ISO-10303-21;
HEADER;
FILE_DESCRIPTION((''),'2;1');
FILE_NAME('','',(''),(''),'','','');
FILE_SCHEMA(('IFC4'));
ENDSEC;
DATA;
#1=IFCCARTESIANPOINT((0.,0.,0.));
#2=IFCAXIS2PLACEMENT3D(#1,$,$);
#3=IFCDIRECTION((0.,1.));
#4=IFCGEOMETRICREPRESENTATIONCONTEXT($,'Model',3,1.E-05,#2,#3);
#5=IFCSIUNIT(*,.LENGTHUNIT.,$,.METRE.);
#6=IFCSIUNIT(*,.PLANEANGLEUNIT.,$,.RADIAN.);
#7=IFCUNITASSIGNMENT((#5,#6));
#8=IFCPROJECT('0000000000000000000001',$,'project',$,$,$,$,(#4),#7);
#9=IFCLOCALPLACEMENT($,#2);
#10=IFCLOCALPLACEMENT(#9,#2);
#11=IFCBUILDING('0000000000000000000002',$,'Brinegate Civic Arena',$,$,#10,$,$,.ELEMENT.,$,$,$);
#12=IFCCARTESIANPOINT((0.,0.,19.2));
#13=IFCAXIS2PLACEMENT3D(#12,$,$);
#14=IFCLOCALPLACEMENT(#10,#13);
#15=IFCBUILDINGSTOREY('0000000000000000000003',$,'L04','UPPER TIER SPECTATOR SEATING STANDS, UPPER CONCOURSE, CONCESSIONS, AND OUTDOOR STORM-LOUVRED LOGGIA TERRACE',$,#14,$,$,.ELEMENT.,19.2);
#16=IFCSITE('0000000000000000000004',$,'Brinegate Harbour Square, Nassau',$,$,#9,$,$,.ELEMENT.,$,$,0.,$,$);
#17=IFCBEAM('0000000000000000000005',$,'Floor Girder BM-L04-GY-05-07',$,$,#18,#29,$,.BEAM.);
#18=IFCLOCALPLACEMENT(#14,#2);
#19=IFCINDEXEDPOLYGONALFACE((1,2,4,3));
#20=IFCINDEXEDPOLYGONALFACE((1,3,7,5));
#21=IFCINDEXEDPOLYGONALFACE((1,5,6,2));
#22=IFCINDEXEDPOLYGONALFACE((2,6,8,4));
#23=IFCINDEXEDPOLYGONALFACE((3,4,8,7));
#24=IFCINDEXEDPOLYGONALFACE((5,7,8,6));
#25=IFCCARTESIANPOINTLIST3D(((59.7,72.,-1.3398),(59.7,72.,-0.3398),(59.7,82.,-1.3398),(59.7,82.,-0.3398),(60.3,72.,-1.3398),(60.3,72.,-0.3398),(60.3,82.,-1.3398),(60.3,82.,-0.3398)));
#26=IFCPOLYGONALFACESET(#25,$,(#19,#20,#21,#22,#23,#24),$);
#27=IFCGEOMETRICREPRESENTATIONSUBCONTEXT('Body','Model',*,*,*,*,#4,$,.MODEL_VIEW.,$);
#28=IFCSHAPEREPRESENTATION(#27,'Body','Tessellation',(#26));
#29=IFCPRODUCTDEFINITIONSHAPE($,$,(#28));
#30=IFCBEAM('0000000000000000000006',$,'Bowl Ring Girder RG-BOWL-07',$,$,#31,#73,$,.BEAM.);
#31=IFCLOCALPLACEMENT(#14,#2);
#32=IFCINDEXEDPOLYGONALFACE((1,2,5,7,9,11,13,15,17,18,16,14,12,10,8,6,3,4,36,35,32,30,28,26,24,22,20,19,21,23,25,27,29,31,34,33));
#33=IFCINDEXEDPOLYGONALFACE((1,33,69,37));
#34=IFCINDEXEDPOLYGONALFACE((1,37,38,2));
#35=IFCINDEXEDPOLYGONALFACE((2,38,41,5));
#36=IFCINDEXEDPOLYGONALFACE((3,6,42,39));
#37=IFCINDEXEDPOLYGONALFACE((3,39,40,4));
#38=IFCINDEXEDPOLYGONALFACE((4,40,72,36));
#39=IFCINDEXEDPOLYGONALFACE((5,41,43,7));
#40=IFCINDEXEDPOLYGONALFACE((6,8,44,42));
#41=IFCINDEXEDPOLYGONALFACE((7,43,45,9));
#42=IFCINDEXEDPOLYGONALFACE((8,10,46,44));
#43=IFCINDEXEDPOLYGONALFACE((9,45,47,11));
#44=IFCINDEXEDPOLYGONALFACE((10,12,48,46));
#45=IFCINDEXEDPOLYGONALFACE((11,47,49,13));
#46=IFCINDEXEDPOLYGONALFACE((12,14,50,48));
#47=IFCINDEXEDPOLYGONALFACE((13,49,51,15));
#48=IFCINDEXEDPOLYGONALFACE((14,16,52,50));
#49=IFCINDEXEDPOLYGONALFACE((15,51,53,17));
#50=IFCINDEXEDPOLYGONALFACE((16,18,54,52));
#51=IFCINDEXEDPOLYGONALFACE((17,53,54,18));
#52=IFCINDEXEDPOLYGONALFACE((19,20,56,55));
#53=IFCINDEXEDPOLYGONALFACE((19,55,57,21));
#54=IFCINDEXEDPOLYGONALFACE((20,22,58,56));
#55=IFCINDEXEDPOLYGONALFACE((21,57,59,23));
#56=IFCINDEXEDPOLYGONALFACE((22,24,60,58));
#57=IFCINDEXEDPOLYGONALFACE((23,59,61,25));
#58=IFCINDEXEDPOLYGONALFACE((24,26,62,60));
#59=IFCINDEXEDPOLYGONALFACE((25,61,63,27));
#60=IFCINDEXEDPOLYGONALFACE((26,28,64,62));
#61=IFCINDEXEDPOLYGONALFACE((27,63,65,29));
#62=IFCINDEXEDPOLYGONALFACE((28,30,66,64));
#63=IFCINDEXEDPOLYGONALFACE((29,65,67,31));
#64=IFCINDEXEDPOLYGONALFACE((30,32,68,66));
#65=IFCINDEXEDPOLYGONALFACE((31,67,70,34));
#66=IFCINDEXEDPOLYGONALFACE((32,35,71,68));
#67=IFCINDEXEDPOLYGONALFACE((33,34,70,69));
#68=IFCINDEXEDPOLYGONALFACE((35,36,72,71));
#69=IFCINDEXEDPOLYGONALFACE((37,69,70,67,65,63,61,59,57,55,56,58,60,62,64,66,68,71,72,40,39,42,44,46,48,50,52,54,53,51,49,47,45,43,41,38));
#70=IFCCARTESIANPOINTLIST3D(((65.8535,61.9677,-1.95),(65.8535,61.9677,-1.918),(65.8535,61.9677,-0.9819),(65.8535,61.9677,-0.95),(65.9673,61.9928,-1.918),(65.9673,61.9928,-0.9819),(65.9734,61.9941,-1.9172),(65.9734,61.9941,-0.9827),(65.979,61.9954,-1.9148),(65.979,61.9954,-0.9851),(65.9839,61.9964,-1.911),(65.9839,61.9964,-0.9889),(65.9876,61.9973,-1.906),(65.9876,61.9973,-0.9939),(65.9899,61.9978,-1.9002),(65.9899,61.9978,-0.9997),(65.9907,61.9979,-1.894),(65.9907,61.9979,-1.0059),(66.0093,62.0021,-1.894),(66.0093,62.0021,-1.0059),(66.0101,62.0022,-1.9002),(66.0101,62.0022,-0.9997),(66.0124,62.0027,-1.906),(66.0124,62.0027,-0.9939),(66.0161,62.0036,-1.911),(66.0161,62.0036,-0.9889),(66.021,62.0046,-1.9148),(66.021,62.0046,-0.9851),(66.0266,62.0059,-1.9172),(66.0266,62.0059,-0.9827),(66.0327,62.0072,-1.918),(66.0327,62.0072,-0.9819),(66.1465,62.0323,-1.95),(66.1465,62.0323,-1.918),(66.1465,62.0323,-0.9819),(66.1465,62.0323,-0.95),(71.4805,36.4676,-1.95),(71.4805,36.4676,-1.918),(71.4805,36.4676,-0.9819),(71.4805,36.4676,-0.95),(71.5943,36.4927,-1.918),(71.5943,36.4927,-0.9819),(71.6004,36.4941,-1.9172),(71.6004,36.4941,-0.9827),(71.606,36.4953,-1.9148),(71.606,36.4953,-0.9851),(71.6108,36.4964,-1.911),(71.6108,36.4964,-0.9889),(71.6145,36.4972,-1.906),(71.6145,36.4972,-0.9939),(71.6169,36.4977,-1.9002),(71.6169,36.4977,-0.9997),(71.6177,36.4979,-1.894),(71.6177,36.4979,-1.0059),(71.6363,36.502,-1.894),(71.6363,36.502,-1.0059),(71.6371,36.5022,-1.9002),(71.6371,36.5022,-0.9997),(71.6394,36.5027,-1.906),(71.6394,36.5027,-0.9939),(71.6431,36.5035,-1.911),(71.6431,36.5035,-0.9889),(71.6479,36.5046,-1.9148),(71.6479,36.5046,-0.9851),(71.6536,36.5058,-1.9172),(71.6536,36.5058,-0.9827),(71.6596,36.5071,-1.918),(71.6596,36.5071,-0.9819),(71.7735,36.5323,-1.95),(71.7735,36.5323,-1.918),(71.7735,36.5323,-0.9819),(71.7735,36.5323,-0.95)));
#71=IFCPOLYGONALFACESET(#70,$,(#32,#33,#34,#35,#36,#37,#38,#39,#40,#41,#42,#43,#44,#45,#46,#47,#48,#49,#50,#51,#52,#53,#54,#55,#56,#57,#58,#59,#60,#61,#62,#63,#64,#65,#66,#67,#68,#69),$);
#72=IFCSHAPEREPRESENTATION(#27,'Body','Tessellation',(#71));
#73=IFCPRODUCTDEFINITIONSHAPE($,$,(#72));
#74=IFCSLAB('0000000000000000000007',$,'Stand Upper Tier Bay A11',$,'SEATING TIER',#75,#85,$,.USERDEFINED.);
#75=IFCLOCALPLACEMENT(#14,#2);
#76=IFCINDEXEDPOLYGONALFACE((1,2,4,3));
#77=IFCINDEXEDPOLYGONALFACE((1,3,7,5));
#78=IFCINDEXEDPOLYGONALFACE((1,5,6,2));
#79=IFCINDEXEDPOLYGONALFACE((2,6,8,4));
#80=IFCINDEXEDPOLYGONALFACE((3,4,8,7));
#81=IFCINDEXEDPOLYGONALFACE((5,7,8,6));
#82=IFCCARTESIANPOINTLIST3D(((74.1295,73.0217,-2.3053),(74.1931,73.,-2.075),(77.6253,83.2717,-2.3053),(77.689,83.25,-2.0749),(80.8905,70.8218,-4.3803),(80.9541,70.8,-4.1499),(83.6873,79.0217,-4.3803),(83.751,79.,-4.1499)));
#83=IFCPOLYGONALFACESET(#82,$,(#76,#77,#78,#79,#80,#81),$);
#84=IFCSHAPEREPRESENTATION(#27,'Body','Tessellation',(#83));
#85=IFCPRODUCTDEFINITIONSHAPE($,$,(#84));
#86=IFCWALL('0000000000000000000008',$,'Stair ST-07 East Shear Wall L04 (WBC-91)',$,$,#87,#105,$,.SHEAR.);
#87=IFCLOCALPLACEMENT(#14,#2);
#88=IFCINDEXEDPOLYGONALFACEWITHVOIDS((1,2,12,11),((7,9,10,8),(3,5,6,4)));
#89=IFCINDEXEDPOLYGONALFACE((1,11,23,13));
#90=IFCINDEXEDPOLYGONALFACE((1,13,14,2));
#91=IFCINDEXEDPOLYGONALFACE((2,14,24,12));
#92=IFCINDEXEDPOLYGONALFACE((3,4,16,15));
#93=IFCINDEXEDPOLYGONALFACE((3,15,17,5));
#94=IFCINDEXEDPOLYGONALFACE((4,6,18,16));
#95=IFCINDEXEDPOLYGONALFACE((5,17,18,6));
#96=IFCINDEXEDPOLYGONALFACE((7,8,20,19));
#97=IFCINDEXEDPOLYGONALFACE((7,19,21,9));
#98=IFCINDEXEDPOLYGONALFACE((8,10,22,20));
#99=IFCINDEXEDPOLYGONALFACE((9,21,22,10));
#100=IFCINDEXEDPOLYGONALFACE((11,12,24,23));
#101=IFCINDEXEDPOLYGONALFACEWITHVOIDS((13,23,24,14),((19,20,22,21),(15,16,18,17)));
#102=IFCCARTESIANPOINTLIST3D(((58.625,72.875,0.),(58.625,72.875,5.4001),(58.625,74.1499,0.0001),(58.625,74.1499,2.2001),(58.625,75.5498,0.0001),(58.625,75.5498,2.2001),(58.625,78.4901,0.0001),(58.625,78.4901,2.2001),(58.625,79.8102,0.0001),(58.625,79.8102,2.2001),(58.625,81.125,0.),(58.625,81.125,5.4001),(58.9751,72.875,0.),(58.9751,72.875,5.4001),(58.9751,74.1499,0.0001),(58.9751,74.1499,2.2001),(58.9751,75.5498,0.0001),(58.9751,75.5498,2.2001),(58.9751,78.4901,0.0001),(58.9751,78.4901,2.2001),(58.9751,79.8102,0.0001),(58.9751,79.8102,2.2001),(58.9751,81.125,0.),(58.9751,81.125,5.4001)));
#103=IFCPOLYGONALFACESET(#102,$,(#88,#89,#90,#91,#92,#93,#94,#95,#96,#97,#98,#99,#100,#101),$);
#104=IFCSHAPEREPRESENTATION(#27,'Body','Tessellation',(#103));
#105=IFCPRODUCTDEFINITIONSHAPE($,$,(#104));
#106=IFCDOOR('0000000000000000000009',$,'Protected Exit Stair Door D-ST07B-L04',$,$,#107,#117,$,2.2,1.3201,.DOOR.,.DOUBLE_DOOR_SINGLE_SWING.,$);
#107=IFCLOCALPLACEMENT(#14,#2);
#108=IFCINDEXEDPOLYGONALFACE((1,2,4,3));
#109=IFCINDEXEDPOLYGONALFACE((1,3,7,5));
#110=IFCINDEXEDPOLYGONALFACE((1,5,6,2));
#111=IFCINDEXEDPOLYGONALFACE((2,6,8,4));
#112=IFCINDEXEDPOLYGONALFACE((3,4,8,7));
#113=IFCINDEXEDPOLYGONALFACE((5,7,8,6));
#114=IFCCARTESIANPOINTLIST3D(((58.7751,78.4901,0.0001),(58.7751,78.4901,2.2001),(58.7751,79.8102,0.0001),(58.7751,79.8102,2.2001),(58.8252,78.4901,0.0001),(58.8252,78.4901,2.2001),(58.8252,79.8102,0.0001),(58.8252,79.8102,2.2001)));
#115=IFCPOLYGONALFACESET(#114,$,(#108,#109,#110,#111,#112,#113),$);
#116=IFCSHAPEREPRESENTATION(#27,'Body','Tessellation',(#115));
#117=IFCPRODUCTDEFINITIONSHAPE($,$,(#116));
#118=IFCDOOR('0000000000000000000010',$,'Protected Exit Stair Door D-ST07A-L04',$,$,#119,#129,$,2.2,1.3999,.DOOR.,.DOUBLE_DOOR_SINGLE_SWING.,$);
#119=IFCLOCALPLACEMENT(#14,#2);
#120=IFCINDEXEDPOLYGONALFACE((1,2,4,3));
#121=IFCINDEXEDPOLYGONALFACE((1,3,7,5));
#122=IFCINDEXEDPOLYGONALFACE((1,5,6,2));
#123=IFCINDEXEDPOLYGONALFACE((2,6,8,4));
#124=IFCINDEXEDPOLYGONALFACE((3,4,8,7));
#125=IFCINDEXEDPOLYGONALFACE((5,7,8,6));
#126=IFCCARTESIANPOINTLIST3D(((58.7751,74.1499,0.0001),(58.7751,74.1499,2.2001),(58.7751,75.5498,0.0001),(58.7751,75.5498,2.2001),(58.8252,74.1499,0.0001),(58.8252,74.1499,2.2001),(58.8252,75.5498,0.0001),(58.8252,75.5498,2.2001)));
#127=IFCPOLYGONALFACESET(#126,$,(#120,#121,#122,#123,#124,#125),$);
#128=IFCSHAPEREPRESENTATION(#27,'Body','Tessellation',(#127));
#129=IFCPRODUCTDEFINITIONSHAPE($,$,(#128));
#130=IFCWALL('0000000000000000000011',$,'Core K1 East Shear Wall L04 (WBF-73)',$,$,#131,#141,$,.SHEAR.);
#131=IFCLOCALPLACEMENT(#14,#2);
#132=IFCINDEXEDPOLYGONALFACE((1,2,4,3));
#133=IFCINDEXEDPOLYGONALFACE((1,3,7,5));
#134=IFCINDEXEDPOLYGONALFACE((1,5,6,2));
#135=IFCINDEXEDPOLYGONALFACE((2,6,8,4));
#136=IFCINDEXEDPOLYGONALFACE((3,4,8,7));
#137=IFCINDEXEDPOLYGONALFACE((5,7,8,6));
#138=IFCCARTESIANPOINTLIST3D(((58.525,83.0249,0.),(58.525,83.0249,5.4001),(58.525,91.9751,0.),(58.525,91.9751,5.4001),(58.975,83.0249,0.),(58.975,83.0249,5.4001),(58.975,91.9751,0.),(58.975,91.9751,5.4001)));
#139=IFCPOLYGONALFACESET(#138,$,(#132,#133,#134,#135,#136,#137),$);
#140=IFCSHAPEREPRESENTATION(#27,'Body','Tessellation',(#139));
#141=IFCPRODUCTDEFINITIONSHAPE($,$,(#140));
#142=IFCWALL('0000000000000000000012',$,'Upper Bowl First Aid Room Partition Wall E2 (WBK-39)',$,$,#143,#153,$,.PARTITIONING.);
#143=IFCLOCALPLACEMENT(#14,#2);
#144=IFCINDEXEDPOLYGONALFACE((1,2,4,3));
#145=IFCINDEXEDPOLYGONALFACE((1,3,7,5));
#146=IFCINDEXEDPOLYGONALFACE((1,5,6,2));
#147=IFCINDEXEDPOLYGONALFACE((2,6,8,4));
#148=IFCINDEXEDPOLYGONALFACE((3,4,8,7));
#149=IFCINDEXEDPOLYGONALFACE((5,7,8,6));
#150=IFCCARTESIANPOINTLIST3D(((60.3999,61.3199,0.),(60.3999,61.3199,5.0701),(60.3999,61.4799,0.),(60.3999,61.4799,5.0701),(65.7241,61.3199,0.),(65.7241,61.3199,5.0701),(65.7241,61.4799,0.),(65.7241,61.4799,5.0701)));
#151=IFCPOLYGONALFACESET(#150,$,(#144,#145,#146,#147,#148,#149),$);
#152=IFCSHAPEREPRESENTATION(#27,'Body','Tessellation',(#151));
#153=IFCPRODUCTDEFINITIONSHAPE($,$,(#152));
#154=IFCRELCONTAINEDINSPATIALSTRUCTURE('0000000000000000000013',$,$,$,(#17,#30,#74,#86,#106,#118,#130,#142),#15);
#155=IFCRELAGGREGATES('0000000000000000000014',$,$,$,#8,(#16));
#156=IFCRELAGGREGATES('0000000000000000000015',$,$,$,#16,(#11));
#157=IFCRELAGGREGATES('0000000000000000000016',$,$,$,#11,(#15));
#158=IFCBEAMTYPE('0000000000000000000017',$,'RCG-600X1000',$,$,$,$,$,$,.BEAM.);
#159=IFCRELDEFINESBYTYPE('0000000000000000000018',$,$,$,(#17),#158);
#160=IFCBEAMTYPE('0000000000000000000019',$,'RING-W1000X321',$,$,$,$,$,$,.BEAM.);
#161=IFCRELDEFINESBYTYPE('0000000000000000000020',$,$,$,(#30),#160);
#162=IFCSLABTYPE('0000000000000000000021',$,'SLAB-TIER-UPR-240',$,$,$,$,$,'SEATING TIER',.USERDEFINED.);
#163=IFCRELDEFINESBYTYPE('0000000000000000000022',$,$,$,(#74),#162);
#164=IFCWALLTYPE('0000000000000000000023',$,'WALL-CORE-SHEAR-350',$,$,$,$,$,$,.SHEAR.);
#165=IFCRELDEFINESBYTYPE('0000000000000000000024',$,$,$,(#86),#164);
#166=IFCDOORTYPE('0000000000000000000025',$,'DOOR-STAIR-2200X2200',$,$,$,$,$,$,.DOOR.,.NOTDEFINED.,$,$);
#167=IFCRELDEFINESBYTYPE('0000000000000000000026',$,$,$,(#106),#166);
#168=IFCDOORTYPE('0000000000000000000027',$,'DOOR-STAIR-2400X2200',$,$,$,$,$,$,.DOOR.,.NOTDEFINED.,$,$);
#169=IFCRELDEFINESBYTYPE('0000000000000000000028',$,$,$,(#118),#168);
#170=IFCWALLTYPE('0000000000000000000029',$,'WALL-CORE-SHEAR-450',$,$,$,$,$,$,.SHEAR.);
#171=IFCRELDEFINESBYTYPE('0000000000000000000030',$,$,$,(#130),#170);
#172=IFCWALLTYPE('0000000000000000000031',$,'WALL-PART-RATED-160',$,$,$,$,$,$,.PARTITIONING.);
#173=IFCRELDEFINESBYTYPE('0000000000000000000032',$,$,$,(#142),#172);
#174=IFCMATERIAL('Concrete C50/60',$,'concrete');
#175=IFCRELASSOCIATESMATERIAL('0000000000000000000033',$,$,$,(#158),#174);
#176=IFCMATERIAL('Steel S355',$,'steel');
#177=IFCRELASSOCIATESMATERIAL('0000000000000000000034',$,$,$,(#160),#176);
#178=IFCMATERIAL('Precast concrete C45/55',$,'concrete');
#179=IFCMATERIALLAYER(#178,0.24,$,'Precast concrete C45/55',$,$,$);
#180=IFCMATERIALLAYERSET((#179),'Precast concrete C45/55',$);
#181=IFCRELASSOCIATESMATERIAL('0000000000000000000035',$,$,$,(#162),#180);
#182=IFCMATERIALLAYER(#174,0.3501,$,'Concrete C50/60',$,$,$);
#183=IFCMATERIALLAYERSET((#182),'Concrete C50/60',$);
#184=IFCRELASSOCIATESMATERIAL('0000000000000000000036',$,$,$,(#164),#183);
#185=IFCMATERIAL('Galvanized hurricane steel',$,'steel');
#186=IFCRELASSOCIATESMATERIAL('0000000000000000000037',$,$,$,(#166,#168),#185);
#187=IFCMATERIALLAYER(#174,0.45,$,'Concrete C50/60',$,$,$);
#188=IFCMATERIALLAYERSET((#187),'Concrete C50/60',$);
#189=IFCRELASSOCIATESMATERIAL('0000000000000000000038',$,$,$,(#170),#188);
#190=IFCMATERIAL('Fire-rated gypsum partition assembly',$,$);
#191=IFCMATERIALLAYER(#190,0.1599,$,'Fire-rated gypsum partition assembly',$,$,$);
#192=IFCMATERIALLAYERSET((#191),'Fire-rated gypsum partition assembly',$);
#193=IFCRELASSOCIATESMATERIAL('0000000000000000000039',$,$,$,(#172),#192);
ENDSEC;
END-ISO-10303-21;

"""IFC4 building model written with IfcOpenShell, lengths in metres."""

from ifc_helpers import new_model, si_unit, direction, frame, frame_2d, origin, origin_2d, place, context, subcontext, project, spatial, polyline, rectangle, i_section, outline, extrude, material, layer, layer_set, material_profile, profile_set, type_object, element, fill, save


model = new_model("IFC4")

# Units and contexts
model_context = context("Model", 3, precision=1e-05, world=origin(), true_north=direction((0.0, 1.0)))
body_context = subcontext(model_context, "Body", "Model", "MODEL_VIEW")
ifc_project = project(units=[si_unit("LENGTHUNIT", "METRE"), si_unit("PLANEANGLEUNIT", "RADIAN")], contexts=[model_context])

# Site, building, storey
site_placement = place(None, origin())
site = spatial("IfcSite", under=ifc_project, at=site_placement, Name="Brinegate Harbour Square, Nassau", CompositionType="ELEMENT", RefElevation=0.0)
building_placement = place(site_placement, origin())
building = spatial("IfcBuilding", under=site, at=building_placement, Name="Brinegate Civic Arena", CompositionType="ELEMENT")
storey_placement = place(building_placement, frame((0.0, 0.0, 19.2)))
storey = spatial("IfcBuildingStorey", under=building, at=storey_placement, Name="L04", Description="UPPER TIER SPECTATOR SEATING STANDS, UPPER CONCOURSE, CONCESSIONS, AND OUTDOOR STORM-LOUVRED LOGGIA TERRACE", CompositionType="ELEMENT", Elevation=19.2)

# Shared definitions
ifc_material_1 = material(Name="Concrete C50/60", Category="concrete")

# Beams
ifc_material_2 = material(Name="Steel S355", Category="steel")
ifc_material_profile_1 = material_profile(ifc_material_1, rectangle(XDim=0.6001, YDim=1.0, at=origin_2d()), Name="RCB600X1000")
ifc_profile_set_1 = profile_set([ifc_material_profile_1], Name="Concrete C50/60")
beam_type_1 = type_object("IfcBeamType", Name="RCG-600X1000", PredefinedType="BEAM", material=ifc_profile_set_1)
beam_1_placement = place(storey_placement, frame((60.0, 72.0, -0.8398), z_axis=(0.0, 1.0, 0.0), x_axis=(-1.0, 0.0, 0.0)))
element("IfcBeam", 1, at=beam_1_placement, inside=storey, type_object=beam_type_1, Name="Floor Girder BM-L04-GY-05-07", PredefinedType="BEAM", context=body_context, shape_type="SweptSolid", body=[
    extrude(rectangle(XDim=0.6001, YDim=1.0, at=origin_2d()), origin(), (0.0, 0.0, 1.0), 10.0),
])
ifc_material_profile_2 = material_profile(ifc_material_2, i_section(OverallWidth=0.3, OverallDepth=1.0, WebThickness=0.019, FlangeThickness=0.032, FilletRadius=0.0239, at=origin_2d()), Name="W1000X321")
ifc_profile_set_2 = profile_set([ifc_material_profile_2], Name="Steel S355")
beam_type_2 = type_object("IfcBeamType", Name="RING-W1000X321", PredefinedType="BEAM", material=ifc_profile_set_2)
beam_2_placement = place(storey_placement, frame((66.0, 62.0, -1.45), z_axis=(0.215481, -0.976508, 0.0), x_axis=(0.976508, 0.215481, 0.0)))
element("IfcBeam", 2, at=beam_2_placement, inside=storey, type_object=beam_type_2, Name="Bowl Ring Girder RG-BOWL-07", PredefinedType="BEAM", context=body_context, shape_type="SweptSolid", body=[
    extrude(i_section(OverallWidth=0.3, OverallDepth=1.0, WebThickness=0.019, FlangeThickness=0.032, FilletRadius=0.0239, at=origin_2d()), origin(), (0.0, 0.0, 1.0), 26.1135),
])

# Slab
ifc_material_3 = material(Name="Precast concrete C45/55", Category="concrete")
ifc_layer_1 = layer(ifc_material_3, 0.24, Name="Precast concrete C45/55")
ifc_layer_set_1 = layer_set([ifc_layer_1], Name="Precast concrete C45/55")
slab_type = type_object("IfcSlabType", Name="SLAB-TIER-UPR-240", ElementType="SEATING TIER", PredefinedType="USERDEFINED", material=ifc_layer_set_1)
slab_1_placement = place(storey_placement, frame((83.751, 79.0, -4.1499), z_axis=(0.265175, -0.090443, 0.959949), x_axis=(-0.322822, -0.94646, 0.000003)))
element("IfcSlab", 3, at=slab_1_placement, inside=storey, type_object=slab_type, Name="Stand Upper Tier Bay A11", ObjectType="SEATING TIER", PredefinedType="USERDEFINED", context=body_context, shape_type="SweptSolid", body=[
    extrude(outline(polyline([(0.0, 0.0), (8.6638, 0.0), (8.7643, -7.4058), (-2.0655, -7.4061), (0.0, 0.0)])), origin(), (0.0, 0.0, -1.0), 0.24),
])

# Wall, openings, doors
ifc_layer_2 = layer(ifc_material_1, 0.3501, Name="Concrete C50/60")
ifc_layer_set_2 = layer_set([ifc_layer_2], Name="Concrete C50/60")
wall_type_1 = type_object("IfcWallType", Name="WALL-CORE-SHEAR-350", PredefinedType="SHEAR", material=ifc_layer_set_2)
wall_1_placement = place(storey_placement, frame((58.8, 72.875, 0.0), z_axis=(0.0, 0.0, 1.0), x_axis=(0.0, 1.0, 0.0)))
wall_1 = element("IfcWall", 4, at=wall_1_placement, inside=storey, type_object=wall_type_1, Name="Stair ST-07 East Shear Wall L04 (WBC-91)", PredefinedType="SHEAR", context=body_context, shape_type="SweptSolid", body=[
    extrude(rectangle(XDim=8.25, YDim=0.3501, at=frame_2d((4.125, 0.0))), origin(), (0.0, 0.0, 1.0), 5.4001),
])
opening_1_placement = place(wall_1_placement, frame((1.2749, 0.0, 0.0)))
opening_1 = element("IfcOpeningElement", 5, at=opening_1_placement, cuts=wall_1, PredefinedType="OPENING", context=body_context, shape_type="SweptSolid", body=[
    extrude(rectangle(XDim=1.3999, YDim=2.2, at=frame_2d((0.7, 1.1001))), frame((0.0, 0.1851, 0.0), z_axis=(0.0, -1.0, 0.0), x_axis=(1.0, 0.0, 0.0)), (0.0, 0.0, 1.0), 0.3701),
])
opening_2_placement = place(wall_1_placement, frame((5.615, 0.0, 0.0)))
opening_2 = element("IfcOpeningElement", 6, at=opening_2_placement, cuts=wall_1, PredefinedType="OPENING", context=body_context, shape_type="SweptSolid", body=[
    extrude(rectangle(XDim=1.3201, YDim=2.2, at=frame_2d((0.6602, 1.1001))), frame((0.0, 0.1851, 0.0), z_axis=(0.0, -1.0, 0.0), x_axis=(1.0, 0.0, 0.0)), (0.0, 0.0, 1.0), 0.3701),
])
ifc_material_4 = material(Name="Galvanized hurricane steel", Category="steel")
door_type_1 = type_object("IfcDoorType", Name="DOOR-STAIR-2200X2200", OperationType="NOTDEFINED", PredefinedType="DOOR", material=ifc_material_4)
door_1_placement = place(opening_2_placement, origin())
door_1 = element("IfcDoor", 7, at=door_1_placement, inside=storey, type_object=door_type_1, Name="Protected Exit Stair Door D-ST07B-L04", OperationType="DOUBLE_DOOR_SINGLE_SWING", OverallHeight=2.2, OverallWidth=1.3201, PredefinedType="DOOR", context=body_context, shape_type="SweptSolid", body=[
    extrude(rectangle(XDim=1.3201, YDim=2.2, at=frame_2d((0.6602, 1.1001))), frame((0.0, 0.0249, 0.0), z_axis=(0.0, -1.0, 0.0), x_axis=(1.0, 0.0, 0.0)), (0.0, 0.0, 1.0), 0.05),
])
fill(opening_2, door_1)
door_type_2 = type_object("IfcDoorType", Name="DOOR-STAIR-2400X2200", OperationType="NOTDEFINED", PredefinedType="DOOR", material=ifc_material_4)
door_2_placement = place(opening_1_placement, origin())
door_2 = element("IfcDoor", 8, at=door_2_placement, inside=storey, type_object=door_type_2, Name="Protected Exit Stair Door D-ST07A-L04", OperationType="DOUBLE_DOOR_SINGLE_SWING", OverallHeight=2.2, OverallWidth=1.3999, PredefinedType="DOOR", context=body_context, shape_type="SweptSolid", body=[
    extrude(rectangle(XDim=1.3999, YDim=2.2, at=frame_2d((0.7, 1.1001))), frame((0.0, 0.0249, 0.0), z_axis=(0.0, -1.0, 0.0), x_axis=(1.0, 0.0, 0.0)), (0.0, 0.0, 1.0), 0.05),
])
fill(opening_1, door_2)

# Walls
ifc_layer_3 = layer(ifc_material_1, 0.45, Name="Concrete C50/60")
ifc_layer_set_3 = layer_set([ifc_layer_3], Name="Concrete C50/60")
wall_type_2 = type_object("IfcWallType", Name="WALL-CORE-SHEAR-450", PredefinedType="SHEAR", material=ifc_layer_set_3)
wall_2_placement = place(storey_placement, frame((58.75, 83.0249, 0.0), z_axis=(0.0, 0.0, 1.0), x_axis=(0.0, 1.0, 0.0)))
element("IfcWall", 9, at=wall_2_placement, inside=storey, type_object=wall_type_2, Name="Core K1 East Shear Wall L04 (WBF-73)", PredefinedType="SHEAR", context=body_context, shape_type="SweptSolid", body=[
    extrude(rectangle(XDim=8.9502, YDim=0.45, at=frame_2d((4.4751, 0.0))), origin(), (0.0, 0.0, 1.0), 5.4001),
])
ifc_material_5 = material(Name="Fire-rated gypsum partition assembly")
ifc_layer_4 = layer(ifc_material_5, 0.1599, Name="Fire-rated gypsum partition assembly")
ifc_layer_set_4 = layer_set([ifc_layer_4], Name="Fire-rated gypsum partition assembly")
wall_type_3 = type_object("IfcWallType", Name="WALL-PART-RATED-160", PredefinedType="PARTITIONING", material=ifc_layer_set_4)
wall_3_placement = place(storey_placement, frame((60.3999, 61.3999, 0.0), z_axis=(0.0, 0.0, 1.0), x_axis=(1.0, 0.0, 0.0)))
element("IfcWall", 10, at=wall_3_placement, inside=storey, type_object=wall_type_3, Name="Upper Bowl First Aid Room Partition Wall E2 (WBK-39)", PredefinedType="PARTITIONING", context=body_context, shape_type="SweptSolid", body=[
    extrude(rectangle(XDim=5.3242, YDim=0.1599, at=frame_2d((2.6621, 0.0))), origin(), (0.0, 0.0, 1.0), 5.0701),
])

save(model, "model.ifc")
